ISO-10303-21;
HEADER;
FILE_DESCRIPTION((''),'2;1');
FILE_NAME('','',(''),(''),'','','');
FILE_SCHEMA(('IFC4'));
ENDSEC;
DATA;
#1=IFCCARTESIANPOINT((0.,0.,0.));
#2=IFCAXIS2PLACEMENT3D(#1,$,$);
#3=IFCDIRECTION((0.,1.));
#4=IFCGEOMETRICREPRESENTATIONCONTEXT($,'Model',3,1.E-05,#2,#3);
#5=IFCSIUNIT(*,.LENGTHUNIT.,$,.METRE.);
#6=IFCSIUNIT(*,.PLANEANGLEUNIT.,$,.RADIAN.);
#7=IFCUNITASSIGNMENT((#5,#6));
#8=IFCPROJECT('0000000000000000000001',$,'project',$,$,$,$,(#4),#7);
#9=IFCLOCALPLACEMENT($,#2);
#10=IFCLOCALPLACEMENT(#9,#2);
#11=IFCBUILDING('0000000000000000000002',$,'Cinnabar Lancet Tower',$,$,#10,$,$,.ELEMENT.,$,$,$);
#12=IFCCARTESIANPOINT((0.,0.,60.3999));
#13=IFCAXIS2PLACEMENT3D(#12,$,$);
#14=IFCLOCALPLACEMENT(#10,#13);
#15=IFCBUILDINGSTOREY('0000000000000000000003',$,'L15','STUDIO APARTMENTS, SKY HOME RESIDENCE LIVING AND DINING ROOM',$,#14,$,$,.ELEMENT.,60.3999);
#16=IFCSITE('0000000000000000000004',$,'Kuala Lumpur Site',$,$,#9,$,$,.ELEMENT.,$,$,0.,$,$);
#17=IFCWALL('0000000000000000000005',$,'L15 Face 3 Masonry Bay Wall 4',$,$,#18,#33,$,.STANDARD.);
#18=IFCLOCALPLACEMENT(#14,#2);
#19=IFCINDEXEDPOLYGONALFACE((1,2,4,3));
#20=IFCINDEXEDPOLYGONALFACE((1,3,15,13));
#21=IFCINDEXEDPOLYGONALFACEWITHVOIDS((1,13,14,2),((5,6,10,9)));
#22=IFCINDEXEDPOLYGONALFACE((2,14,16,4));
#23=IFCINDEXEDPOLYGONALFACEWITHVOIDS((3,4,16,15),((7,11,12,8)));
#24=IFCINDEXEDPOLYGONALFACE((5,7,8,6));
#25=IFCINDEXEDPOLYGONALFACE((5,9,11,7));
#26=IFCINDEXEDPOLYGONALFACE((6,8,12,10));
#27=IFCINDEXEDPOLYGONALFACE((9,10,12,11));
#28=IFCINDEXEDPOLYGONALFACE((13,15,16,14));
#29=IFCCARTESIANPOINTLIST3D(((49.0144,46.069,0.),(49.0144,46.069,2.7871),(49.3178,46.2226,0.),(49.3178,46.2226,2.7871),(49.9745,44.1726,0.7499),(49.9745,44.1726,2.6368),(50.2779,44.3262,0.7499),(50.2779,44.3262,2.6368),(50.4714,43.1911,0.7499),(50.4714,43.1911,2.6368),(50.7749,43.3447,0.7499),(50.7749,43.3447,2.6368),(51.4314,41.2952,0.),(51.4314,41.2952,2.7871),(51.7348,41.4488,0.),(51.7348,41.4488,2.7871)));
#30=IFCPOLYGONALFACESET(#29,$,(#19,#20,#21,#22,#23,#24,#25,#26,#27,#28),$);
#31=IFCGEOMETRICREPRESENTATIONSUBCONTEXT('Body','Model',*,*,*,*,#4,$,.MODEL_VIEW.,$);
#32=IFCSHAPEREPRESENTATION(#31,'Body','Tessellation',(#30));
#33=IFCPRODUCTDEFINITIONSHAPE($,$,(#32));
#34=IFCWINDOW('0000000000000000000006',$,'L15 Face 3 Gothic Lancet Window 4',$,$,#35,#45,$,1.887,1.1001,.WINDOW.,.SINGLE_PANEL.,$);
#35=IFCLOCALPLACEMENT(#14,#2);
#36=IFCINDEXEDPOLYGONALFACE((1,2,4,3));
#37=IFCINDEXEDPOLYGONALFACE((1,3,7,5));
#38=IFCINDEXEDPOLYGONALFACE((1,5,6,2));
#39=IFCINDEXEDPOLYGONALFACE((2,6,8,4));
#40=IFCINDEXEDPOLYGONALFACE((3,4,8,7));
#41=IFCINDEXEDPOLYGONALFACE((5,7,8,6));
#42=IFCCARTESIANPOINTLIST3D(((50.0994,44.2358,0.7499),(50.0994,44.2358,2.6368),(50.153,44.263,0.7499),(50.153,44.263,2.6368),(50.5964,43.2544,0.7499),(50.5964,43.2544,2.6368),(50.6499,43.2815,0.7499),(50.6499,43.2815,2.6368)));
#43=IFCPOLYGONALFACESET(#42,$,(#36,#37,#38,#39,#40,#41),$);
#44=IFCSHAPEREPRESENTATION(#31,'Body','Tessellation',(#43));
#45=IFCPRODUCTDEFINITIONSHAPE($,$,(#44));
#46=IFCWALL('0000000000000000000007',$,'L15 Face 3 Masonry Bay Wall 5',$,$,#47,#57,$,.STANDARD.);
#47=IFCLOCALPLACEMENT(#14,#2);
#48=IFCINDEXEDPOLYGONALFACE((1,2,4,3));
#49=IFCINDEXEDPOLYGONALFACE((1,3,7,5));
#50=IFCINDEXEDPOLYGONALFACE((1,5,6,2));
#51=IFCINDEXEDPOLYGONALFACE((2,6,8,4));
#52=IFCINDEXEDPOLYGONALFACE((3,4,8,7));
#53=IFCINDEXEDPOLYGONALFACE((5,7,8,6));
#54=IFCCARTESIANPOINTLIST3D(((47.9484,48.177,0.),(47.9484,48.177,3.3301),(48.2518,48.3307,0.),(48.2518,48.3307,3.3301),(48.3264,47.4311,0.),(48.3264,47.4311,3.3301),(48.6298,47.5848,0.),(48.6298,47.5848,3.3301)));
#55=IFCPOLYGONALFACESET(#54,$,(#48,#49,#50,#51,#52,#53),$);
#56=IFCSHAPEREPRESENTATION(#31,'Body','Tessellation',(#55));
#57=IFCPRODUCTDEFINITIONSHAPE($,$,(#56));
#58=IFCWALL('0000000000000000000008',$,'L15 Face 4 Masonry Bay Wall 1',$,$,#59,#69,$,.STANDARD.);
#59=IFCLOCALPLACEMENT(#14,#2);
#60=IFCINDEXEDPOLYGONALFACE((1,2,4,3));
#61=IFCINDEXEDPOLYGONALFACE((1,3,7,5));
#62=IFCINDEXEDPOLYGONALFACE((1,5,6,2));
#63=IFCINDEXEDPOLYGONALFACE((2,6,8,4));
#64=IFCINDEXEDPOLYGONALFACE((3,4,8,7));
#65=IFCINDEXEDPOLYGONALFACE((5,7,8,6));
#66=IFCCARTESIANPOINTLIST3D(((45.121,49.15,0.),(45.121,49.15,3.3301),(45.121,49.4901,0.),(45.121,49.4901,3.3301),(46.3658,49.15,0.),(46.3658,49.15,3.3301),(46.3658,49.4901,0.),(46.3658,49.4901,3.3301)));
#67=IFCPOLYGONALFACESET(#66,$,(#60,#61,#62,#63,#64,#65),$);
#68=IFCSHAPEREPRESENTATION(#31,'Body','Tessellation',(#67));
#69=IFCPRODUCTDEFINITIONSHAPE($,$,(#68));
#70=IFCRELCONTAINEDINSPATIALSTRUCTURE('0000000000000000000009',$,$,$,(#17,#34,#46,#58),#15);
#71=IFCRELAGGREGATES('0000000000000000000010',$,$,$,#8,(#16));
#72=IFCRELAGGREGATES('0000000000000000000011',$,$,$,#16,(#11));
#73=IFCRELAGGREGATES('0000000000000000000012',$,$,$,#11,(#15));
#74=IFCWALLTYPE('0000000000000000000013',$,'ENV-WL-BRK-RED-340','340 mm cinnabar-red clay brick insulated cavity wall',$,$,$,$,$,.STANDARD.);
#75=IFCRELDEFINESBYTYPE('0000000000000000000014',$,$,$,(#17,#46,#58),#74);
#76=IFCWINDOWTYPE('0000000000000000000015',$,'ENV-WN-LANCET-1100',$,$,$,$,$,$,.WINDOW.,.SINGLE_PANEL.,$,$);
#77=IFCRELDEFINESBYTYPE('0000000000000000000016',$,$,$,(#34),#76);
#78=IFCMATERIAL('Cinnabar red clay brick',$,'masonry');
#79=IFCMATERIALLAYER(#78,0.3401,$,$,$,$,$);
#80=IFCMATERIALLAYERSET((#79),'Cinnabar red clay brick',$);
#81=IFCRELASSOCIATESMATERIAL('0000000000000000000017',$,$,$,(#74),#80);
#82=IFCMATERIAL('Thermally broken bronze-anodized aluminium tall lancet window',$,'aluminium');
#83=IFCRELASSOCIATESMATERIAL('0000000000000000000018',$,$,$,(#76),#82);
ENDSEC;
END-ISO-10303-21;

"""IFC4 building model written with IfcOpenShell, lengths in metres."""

from ifc_helpers import new_model, si_unit, direction, frame, frame_2d, origin, place, context, subcontext, project, spatial, rectangle, extrude, material, layer, layer_set, type_object, element, fill, save


model = new_model("IFC4")

# Units and contexts
model_context = context("Model", 3, precision=1e-05, world=origin(), true_north=direction((0.0, 1.0)))
body_context = subcontext(model_context, "Body", "Model", "MODEL_VIEW")
ifc_project = project(units=[si_unit("LENGTHUNIT", "METRE"), si_unit("PLANEANGLEUNIT", "RADIAN")], contexts=[model_context])

# Site, building, storey
site_placement = place(None, origin())
site = spatial("IfcSite", under=ifc_project, at=site_placement, Name="Kuala Lumpur Site", CompositionType="ELEMENT", RefElevation=0.0)
building_placement = place(site_placement, origin())
building = spatial("IfcBuilding", under=site, at=building_placement, Name="Cinnabar Lancet Tower", CompositionType="ELEMENT")
storey_placement = place(building_placement, frame((0.0, 0.0, 60.3999)))
storey = spatial("IfcBuildingStorey", under=building, at=storey_placement, Name="L15", Description="STUDIO APARTMENTS, SKY HOME RESIDENCE LIVING AND DINING ROOM", CompositionType="ELEMENT", Elevation=60.3999)

# Shared definitions
ifc_material_1 = material(Name="Cinnabar red clay brick", Category="masonry")
ifc_layer_1 = layer(ifc_material_1, 0.3401)
ifc_layer_set_1 = layer_set([ifc_layer_1], Name="Cinnabar red clay brick")
wall_type_1 = type_object("IfcWallType", Name="ENV-WL-BRK-RED-340", Description="340 mm cinnabar-red clay brick insulated cavity wall", PredefinedType="STANDARD", material=ifc_layer_set_1)

# Wall, opening, window
wall_1_placement = place(storey_placement, frame((51.583, 41.3721, 0.0), z_axis=(0.0, 0.0, 1.0), x_axis=(-0.451698, 0.892171, 0.0)))
wall_1 = element("IfcWall", 1, at=wall_1_placement, inside=storey, type_object=wall_type_1, Name="L15 Face 3 Masonry Bay Wall 4", PredefinedType="STANDARD", context=body_context, shape_type="SweptSolid", body=[
    extrude(rectangle(XDim=5.3508, YDim=0.3401, at=frame_2d((2.6753, 0.0))), origin(), (0.0, 0.0, 1.0), 2.7871),
])
opening_1_placement = place(wall_1_placement, frame((2.125, 0.0, 0.75)))
opening_1 = element("IfcOpeningElement", 2, at=opening_1_placement, cuts=wall_1, PredefinedType="OPENING", context=body_context, shape_type="SweptSolid", body=[
    extrude(rectangle(XDim=1.1001, YDim=1.887, at=frame_2d((0.55, 0.9434))), frame((0.0, 0.1799, 0.0), z_axis=(0.0, -1.0, 0.0), x_axis=(1.0, 0.0, 0.0)), (0.0, 0.0, 1.0), 0.3601),
])
ifc_material_2 = material(Name="Thermally broken bronze-anodized aluminium tall lancet window", Category="aluminium")
window_type = type_object("IfcWindowType", Name="ENV-WN-LANCET-1100", PartitioningType="SINGLE_PANEL", PredefinedType="WINDOW", material=ifc_material_2)
window_placement = place(opening_1_placement, origin())
window = element("IfcWindow", 3, at=window_placement, inside=storey, type_object=window_type, Name="L15 Face 3 Gothic Lancet Window 4", OverallHeight=1.887, OverallWidth=1.1001, PartitioningType="SINGLE_PANEL", PredefinedType="WINDOW", context=body_context, shape_type="SweptSolid", body=[
    extrude(rectangle(XDim=1.1001, YDim=1.887, at=frame_2d((0.55, 0.9434))), frame((0.0, 0.03, 0.0), z_axis=(0.0, -1.0, 0.0), x_axis=(1.0, 0.0, 0.0)), (0.0, 0.0, 1.0), 0.0601),
])
fill(opening_1, window)

# Walls
wall_2_placement = place(storey_placement, frame((48.478, 47.5081, 0.0), z_axis=(0.0, 0.0, 1.0), x_axis=(-0.451996, 0.89202, 0.0)))
element("IfcWall", 4, at=wall_2_placement, inside=storey, type_object=wall_type_1, Name="L15 Face 3 Masonry Bay Wall 5", PredefinedType="STANDARD", context=body_context, shape_type="SweptSolid", body=[
    extrude(rectangle(XDim=0.8362, YDim=0.3401, at=frame_2d((0.418, 0.0))), origin(), (0.0, 0.0, 1.0), 3.3301),
])
wall_3_placement = place(storey_placement, frame((46.366, 49.3201, 0.0), z_axis=(0.0, 0.0, 1.0), x_axis=(-1.0, 0.0, 0.0)))
element("IfcWall", 5, at=wall_3_placement, inside=storey, type_object=wall_type_1, Name="L15 Face 4 Masonry Bay Wall 1", PredefinedType="STANDARD", context=body_context, shape_type="SweptSolid", body=[
    extrude(rectangle(XDim=1.2449, YDim=0.3401, at=frame_2d((0.6226, 0.0))), origin(), (0.0, 0.0, 1.0), 3.3301),
])

save(model, "model.ifc")
